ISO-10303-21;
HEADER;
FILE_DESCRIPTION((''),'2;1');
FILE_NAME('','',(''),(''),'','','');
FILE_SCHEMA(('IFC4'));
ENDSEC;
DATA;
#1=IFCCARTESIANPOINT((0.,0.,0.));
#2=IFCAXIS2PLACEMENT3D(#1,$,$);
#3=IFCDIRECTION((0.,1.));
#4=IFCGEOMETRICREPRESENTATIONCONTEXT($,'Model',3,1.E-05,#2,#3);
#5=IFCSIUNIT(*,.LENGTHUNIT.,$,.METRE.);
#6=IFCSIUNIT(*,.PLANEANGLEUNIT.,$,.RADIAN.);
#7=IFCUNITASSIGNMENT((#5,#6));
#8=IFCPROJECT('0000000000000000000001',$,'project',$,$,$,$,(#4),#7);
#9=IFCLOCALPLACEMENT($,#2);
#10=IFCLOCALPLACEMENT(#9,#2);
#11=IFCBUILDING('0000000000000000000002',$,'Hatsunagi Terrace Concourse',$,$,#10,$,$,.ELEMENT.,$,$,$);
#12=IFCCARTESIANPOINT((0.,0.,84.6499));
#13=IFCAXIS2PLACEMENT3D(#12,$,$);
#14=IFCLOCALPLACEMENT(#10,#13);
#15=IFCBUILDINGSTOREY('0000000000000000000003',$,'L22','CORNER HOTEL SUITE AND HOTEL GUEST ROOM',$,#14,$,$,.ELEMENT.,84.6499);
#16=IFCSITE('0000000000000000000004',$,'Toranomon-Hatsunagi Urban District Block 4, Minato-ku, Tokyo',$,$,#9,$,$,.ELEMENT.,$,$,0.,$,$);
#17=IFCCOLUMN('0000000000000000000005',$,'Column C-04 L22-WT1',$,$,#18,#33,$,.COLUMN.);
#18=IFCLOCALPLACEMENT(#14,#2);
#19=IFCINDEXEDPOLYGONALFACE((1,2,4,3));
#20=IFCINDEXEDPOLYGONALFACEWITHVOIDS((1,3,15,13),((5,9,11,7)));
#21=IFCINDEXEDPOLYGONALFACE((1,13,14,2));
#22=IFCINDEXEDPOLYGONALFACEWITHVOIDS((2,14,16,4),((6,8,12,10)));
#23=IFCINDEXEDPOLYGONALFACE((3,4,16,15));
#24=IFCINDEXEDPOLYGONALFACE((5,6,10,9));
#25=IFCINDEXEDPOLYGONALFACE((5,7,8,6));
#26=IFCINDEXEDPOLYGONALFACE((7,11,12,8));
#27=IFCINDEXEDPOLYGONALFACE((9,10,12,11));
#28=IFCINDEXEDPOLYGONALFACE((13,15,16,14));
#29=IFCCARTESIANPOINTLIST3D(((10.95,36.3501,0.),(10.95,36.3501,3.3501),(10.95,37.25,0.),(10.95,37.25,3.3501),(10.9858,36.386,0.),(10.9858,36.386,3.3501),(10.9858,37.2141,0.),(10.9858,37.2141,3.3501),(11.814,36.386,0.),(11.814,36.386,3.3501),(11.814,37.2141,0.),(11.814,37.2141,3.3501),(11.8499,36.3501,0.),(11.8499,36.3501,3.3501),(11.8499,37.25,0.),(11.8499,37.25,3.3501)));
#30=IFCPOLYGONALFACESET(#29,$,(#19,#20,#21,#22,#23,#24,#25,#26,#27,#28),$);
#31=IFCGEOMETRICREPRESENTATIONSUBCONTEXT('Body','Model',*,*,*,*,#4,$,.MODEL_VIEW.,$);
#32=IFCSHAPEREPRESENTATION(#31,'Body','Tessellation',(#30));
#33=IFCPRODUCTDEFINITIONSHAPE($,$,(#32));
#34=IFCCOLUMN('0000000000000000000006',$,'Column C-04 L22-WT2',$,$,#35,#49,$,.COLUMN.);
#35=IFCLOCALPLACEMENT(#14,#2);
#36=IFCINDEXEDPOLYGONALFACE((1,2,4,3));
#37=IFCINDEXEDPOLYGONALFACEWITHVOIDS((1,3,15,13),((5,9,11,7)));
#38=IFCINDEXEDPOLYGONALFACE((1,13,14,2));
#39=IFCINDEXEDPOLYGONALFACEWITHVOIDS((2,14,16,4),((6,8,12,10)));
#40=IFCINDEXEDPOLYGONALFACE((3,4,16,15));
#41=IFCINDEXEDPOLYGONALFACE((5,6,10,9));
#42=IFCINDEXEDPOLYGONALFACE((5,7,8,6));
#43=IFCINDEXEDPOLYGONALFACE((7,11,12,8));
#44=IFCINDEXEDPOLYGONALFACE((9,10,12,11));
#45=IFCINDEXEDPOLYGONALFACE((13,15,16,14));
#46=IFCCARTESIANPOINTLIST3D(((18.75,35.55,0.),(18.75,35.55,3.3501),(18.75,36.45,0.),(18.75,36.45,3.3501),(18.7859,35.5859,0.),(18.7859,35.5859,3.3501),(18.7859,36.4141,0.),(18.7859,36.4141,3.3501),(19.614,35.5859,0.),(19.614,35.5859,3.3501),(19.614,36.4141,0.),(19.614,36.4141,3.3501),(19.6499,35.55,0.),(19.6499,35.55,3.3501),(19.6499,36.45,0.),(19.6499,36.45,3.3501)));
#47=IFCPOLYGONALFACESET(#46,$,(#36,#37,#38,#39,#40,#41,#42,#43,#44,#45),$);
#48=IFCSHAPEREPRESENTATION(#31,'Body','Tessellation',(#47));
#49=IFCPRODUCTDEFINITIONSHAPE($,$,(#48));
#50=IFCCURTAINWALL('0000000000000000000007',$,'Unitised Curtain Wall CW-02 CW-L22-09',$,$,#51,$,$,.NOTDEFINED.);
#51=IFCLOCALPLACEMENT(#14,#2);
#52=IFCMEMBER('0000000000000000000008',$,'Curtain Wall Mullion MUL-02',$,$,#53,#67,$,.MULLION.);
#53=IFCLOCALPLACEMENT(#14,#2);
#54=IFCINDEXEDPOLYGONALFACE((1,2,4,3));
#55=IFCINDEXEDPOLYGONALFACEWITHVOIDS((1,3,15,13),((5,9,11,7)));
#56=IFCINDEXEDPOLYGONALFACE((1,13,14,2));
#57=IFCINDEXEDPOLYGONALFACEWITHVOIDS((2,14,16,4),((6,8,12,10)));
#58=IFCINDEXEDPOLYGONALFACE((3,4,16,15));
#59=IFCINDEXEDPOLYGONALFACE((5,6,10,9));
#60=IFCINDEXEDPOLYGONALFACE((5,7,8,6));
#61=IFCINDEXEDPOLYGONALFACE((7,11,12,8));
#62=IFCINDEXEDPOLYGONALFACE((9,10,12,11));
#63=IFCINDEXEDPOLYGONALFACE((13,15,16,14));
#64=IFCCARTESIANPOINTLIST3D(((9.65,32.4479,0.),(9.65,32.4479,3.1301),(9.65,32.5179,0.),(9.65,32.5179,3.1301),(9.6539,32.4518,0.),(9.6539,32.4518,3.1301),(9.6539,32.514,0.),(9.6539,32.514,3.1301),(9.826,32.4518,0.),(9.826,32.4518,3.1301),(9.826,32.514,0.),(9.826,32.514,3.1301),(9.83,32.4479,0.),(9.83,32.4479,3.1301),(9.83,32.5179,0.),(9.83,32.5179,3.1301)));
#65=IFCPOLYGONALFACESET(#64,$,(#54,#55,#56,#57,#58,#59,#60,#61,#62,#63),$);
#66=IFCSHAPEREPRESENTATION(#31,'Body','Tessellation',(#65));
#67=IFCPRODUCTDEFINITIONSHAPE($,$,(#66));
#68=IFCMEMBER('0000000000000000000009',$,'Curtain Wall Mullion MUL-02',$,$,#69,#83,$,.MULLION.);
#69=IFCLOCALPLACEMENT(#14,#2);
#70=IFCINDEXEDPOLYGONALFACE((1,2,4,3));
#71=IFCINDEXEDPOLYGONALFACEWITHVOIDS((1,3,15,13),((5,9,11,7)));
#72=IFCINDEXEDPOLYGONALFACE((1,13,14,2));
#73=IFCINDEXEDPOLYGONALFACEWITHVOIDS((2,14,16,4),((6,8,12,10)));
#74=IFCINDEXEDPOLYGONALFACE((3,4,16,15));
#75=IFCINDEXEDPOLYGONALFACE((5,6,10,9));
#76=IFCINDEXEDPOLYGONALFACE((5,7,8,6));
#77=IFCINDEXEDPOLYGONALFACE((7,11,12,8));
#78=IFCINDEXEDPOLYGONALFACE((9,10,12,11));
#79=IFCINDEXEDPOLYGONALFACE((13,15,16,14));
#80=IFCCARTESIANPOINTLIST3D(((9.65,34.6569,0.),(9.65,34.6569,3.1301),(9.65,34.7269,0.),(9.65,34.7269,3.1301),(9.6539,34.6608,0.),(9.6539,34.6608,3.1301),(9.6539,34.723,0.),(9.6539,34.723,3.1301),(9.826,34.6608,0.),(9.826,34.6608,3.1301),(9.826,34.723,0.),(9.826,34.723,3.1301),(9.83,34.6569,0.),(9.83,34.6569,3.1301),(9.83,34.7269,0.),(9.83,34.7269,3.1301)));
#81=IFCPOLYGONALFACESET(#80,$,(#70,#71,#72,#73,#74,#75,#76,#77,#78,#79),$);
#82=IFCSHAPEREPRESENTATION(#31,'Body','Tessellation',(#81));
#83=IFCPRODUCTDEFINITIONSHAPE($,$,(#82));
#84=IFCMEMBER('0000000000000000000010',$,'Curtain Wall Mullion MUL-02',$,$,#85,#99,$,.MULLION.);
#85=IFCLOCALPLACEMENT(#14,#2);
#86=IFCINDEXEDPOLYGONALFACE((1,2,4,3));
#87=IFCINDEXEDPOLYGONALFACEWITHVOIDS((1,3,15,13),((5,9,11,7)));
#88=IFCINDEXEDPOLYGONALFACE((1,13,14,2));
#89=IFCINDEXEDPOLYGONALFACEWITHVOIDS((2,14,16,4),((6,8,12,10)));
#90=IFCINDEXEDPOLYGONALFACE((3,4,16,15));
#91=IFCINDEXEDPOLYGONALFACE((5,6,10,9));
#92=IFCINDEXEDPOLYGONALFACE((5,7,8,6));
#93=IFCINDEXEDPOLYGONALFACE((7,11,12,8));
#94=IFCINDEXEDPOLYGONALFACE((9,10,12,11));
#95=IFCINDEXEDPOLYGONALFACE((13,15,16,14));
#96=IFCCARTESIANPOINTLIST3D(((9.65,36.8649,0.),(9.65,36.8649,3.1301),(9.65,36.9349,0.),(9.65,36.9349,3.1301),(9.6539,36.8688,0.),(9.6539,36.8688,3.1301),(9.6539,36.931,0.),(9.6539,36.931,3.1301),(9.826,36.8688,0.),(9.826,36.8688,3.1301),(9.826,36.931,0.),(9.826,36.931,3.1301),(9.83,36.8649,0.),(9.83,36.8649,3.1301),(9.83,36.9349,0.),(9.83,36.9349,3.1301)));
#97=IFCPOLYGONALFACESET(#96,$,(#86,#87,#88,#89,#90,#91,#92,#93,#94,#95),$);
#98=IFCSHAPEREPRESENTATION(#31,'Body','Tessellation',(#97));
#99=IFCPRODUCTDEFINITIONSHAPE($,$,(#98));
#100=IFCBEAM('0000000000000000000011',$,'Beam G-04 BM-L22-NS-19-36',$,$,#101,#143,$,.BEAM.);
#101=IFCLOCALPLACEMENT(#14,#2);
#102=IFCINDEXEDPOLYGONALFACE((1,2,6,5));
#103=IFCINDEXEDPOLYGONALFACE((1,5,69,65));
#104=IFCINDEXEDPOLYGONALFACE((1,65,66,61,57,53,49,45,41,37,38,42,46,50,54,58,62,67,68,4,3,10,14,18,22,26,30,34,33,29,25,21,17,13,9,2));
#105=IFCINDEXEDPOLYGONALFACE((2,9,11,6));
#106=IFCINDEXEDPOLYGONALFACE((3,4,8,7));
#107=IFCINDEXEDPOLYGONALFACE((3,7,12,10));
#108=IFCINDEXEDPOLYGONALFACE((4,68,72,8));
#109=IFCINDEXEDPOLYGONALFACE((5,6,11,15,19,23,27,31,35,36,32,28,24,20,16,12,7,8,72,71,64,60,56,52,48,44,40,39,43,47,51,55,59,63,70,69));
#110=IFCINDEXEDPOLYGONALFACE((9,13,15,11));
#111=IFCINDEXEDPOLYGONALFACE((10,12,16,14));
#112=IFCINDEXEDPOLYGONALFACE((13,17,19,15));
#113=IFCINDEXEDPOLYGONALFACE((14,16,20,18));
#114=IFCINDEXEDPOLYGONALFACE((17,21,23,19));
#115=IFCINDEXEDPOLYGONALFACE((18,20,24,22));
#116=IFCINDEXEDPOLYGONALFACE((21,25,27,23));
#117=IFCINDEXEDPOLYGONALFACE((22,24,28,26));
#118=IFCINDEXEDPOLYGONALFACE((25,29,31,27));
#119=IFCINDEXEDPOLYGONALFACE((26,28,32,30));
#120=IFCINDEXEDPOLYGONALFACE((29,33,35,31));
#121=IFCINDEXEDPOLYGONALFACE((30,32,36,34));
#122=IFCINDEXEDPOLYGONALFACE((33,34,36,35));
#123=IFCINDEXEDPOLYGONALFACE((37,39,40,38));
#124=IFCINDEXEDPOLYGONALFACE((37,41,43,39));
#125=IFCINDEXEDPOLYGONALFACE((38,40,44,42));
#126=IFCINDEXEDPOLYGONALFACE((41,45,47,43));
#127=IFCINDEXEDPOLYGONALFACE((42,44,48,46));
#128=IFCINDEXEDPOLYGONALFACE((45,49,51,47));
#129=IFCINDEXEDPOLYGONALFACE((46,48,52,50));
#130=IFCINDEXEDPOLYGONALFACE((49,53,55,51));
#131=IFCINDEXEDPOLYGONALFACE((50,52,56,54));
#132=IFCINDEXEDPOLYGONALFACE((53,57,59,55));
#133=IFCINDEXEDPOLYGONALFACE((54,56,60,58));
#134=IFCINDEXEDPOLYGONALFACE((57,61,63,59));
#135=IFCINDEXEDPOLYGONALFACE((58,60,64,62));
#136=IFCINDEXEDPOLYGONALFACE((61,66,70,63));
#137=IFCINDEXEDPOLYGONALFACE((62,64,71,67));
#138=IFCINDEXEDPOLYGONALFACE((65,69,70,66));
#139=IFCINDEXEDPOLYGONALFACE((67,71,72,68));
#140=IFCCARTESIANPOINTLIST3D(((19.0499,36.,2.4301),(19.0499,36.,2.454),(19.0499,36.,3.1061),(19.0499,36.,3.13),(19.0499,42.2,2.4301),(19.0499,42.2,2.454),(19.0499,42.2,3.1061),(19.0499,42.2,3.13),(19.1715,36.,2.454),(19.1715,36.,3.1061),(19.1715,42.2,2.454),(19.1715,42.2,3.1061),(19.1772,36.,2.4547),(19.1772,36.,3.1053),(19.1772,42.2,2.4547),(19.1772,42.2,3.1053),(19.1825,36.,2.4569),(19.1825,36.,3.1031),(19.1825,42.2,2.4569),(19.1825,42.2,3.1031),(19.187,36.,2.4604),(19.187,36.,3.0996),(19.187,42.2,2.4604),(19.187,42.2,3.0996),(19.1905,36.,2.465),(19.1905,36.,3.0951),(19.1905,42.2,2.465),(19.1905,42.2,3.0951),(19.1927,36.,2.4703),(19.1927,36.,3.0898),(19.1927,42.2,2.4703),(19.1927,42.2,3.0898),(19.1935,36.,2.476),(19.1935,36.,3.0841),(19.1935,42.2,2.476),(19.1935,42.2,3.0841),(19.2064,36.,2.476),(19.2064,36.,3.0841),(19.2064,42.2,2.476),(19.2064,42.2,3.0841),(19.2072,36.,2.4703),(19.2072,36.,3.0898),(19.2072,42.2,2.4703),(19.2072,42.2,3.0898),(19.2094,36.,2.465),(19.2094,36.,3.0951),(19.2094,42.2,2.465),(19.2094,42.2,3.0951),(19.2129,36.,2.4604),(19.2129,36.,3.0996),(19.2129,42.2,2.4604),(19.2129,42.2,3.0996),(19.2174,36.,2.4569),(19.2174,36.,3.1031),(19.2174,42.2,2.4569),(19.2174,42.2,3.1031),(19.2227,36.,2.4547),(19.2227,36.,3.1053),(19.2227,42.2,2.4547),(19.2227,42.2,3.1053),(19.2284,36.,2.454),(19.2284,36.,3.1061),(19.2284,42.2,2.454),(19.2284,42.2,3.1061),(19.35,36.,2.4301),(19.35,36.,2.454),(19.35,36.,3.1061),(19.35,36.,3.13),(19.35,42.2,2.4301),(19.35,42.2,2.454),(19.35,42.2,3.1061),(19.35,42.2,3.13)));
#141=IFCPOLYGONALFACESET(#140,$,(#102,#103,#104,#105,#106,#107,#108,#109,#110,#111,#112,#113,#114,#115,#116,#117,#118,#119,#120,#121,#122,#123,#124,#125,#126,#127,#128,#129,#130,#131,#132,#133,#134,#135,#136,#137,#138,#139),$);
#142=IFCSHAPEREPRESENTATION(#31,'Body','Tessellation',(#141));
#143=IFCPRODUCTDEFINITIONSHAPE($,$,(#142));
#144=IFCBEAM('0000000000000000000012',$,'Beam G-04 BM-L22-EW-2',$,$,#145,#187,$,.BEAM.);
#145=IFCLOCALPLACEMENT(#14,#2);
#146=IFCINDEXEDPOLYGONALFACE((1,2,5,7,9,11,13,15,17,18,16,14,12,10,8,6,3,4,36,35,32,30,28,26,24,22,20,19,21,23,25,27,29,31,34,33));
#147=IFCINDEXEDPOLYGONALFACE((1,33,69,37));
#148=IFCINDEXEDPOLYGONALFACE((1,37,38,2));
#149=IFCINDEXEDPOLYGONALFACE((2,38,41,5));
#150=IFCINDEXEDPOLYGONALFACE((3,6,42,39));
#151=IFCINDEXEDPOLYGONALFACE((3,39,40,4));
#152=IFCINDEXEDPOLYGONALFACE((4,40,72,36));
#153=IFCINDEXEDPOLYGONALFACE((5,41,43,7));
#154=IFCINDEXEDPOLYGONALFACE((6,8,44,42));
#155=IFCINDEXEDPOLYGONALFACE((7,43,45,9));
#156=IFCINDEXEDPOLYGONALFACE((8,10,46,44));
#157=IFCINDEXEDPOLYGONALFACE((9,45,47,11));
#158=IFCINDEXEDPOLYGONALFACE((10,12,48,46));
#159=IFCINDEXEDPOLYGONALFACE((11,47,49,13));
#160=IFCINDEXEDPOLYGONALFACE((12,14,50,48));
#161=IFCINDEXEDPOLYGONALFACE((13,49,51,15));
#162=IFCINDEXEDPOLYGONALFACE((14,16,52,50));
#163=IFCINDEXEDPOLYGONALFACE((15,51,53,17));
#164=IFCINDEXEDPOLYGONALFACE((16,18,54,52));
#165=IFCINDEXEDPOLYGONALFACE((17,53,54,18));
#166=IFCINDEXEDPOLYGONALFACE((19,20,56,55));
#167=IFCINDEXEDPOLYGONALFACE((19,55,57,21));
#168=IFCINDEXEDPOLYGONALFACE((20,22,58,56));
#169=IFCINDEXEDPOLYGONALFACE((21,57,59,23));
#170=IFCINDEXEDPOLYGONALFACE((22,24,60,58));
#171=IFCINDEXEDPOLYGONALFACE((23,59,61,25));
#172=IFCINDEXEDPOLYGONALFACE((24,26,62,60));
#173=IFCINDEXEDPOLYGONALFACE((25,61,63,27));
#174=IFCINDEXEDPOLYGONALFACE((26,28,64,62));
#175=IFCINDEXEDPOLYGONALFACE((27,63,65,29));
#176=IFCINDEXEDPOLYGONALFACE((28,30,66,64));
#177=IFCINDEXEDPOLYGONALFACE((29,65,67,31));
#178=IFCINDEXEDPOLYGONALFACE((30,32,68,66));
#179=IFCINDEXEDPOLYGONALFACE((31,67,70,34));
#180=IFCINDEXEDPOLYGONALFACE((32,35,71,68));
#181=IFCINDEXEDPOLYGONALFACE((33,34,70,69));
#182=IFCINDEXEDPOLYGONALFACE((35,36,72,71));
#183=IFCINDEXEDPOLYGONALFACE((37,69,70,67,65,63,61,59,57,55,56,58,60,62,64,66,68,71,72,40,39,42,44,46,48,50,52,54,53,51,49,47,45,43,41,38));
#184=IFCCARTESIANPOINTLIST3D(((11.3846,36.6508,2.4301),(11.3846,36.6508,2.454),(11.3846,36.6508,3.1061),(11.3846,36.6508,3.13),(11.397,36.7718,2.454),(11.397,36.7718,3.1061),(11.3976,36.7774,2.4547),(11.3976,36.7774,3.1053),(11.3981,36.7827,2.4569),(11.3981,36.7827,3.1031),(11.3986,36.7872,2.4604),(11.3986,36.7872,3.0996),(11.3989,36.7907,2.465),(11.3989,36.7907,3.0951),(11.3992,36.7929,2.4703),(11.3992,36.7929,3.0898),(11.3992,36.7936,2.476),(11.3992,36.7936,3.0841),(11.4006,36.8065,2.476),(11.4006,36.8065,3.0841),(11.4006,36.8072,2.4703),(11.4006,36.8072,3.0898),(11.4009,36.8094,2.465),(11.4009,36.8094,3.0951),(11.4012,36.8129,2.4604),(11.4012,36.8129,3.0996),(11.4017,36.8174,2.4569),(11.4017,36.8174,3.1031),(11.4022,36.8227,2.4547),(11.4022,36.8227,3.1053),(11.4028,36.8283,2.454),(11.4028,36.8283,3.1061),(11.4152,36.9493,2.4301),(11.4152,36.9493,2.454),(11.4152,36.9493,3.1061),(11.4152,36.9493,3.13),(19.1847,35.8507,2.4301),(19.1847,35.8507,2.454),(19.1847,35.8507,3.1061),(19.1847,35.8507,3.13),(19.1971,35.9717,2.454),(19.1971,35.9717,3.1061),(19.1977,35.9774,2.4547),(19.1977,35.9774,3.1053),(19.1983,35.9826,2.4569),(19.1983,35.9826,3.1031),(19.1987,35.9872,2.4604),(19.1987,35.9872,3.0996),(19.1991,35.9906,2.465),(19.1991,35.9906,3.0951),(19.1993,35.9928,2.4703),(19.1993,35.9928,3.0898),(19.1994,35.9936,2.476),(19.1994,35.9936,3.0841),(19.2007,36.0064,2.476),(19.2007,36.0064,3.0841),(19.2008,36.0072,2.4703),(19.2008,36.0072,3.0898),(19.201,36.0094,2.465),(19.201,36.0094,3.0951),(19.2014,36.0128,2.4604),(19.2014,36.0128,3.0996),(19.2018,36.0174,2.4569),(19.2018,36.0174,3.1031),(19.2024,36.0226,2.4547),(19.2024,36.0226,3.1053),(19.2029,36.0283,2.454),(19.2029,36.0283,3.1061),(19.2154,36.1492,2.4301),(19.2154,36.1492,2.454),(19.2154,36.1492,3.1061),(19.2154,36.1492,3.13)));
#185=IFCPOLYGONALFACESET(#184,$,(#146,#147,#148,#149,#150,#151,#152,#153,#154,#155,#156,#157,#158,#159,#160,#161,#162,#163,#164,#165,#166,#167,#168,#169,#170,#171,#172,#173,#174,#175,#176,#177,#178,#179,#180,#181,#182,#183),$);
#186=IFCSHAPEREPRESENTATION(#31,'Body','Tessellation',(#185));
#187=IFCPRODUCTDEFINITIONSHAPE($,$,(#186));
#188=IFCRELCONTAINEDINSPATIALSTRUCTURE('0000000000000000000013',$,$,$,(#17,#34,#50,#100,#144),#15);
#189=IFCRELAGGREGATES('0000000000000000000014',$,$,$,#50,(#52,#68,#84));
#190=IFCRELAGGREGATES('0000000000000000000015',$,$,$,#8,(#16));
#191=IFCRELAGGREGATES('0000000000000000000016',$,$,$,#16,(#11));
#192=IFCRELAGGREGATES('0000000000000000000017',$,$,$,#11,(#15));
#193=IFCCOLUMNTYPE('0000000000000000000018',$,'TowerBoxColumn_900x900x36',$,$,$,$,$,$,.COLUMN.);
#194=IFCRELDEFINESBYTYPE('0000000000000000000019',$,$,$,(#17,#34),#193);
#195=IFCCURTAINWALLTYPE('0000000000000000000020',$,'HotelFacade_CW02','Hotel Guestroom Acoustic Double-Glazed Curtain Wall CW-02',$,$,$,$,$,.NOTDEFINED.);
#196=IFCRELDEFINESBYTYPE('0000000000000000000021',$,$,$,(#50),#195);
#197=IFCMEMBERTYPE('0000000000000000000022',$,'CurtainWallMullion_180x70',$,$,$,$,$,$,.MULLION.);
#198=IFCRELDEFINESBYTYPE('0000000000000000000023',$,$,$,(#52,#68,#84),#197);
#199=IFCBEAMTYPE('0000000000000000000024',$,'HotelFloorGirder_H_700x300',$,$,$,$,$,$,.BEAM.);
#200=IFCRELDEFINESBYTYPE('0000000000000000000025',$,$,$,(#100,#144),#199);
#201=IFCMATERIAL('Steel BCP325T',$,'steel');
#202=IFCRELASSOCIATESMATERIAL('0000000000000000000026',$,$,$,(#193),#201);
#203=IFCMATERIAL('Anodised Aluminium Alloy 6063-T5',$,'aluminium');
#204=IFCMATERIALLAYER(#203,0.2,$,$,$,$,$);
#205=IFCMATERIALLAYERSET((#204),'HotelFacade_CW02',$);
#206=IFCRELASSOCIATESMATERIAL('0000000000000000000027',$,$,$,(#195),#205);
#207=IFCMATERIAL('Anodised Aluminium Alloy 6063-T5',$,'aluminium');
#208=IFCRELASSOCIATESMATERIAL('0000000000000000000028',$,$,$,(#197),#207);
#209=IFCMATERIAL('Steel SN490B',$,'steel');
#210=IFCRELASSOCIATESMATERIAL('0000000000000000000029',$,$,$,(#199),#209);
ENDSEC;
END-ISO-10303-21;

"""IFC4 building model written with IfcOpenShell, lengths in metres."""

from ifc_helpers import new_model, si_unit, direction, frame, origin, origin_2d, place, context, subcontext, project, spatial, hollow_rectangle, i_section, extrude, material, layer, layer_set, material_profile, profile_set, type_object, element, aggregate, save


model = new_model("IFC4")

# Units and contexts
model_context = context("Model", 3, precision=1e-05, world=origin(), true_north=direction((0.0, 1.0)))
body_context = subcontext(model_context, "Body", "Model", "MODEL_VIEW")
ifc_project = project(units=[si_unit("LENGTHUNIT", "METRE"), si_unit("PLANEANGLEUNIT", "RADIAN")], contexts=[model_context])

# Site, building, storey
site_placement = place(None, origin())
site = spatial("IfcSite", under=ifc_project, at=site_placement, Name="Toranomon-Hatsunagi Urban District Block 4, Minato-ku, Tokyo", CompositionType="ELEMENT", RefElevation=0.0)
building_placement = place(site_placement, origin())
building = spatial("IfcBuilding", under=site, at=building_placement, Name="Hatsunagi Terrace Concourse", CompositionType="ELEMENT")
storey_placement = place(building_placement, frame((0.0, 0.0, 84.6499)))
storey = spatial("IfcBuildingStorey", under=building, at=storey_placement, Name="L22", Description="CORNER HOTEL SUITE AND HOTEL GUEST ROOM", CompositionType="ELEMENT", Elevation=84.6499)

# Columns
ifc_material_1 = material(Name="Steel BCP325T", Category="steel")
ifc_material_profile_1 = material_profile(ifc_material_1, hollow_rectangle(XDim=0.8999, YDim=0.8999, WallThickness=0.0359, at=origin_2d()), Name="BCP-900x900x36")
ifc_profile_set_1 = profile_set([ifc_material_profile_1], Name="Steel BCP325T")
column_type = type_object("IfcColumnType", Name="TowerBoxColumn_900x900x36", PredefinedType="COLUMN", material=ifc_profile_set_1)
for number, where, z_axis, x_axis, name in (
    (1, (11.3999, 36.8, 0.0), (0.0, 0.0, 1.0), (1.0, 0.0, 0.0), "Column C-04 L22-WT1"),
    (2, (19.2, 36.0, 0.0), (0.0, 0.0, 1.0), (1.0, 0.0, 0.0), "Column C-04 L22-WT2"),
):
    element("IfcColumn", number, at=place(storey_placement, frame(where, z_axis=z_axis, x_axis=x_axis)), inside=storey, type_object=column_type, Name=name, PredefinedType="COLUMN", context=body_context, shape_type="SweptSolid", body=[
        extrude(hollow_rectangle(XDim=0.8999, YDim=0.8999, WallThickness=0.0359, at=origin_2d()), origin(), (0.0, 0.0, 1.0), 3.3501),
    ])

# Curtain wall, members
ifc_material_2 = material(Name="Anodised Aluminium Alloy 6063-T5", Category="aluminium")
ifc_layer_1 = layer(ifc_material_2, 0.2)
ifc_layer_set_1 = layer_set([ifc_layer_1], Name="HotelFacade_CW02")
curtain_wall_type = type_object("IfcCurtainWallType", Name="HotelFacade_CW02", Description="Hotel Guestroom Acoustic Double-Glazed Curtain Wall CW-02", PredefinedType="NOTDEFINED", material=ifc_layer_set_1)
curtain_wall_placement = place(storey_placement, origin())
curtain_wall = element("IfcCurtainWall", 3, at=curtain_wall_placement, inside=storey, type_object=curtain_wall_type, Name="Unitised Curtain Wall CW-02 CW-L22-09", PredefinedType="NOTDEFINED")
ifc_material_3 = material(Name="Anodised Aluminium Alloy 6063-T5", Category="aluminium")
ifc_material_profile_2 = material_profile(ifc_material_3, hollow_rectangle(XDim=0.0701, YDim=0.1799, WallThickness=0.0039, at=origin_2d()), Name="ALU-MUL-180x70x4")
ifc_profile_set_2 = profile_set([ifc_material_profile_2], Name="Anodised Aluminium Alloy 6063-T5")
member_type = type_object("IfcMemberType", Name="CurtainWallMullion_180x70", PredefinedType="MULLION", material=ifc_profile_set_2)
member_1_placement = place(storey_placement, frame((9.74, 32.4829, 0.0), z_axis=(0.0, 0.0, 1.0), x_axis=(0.0, 1.0, 0.0)))
member_1 = element("IfcMember", 4, at=member_1_placement, type_object=member_type, Name="Curtain Wall Mullion MUL-02", PredefinedType="MULLION", context=body_context, shape_type="SweptSolid", body=[
    extrude(hollow_rectangle(XDim=0.0701, YDim=0.1799, WallThickness=0.0039, at=origin_2d()), origin(), (0.0, 0.0, 1.0), 3.1301),
])
member_2_placement = place(storey_placement, frame((9.74, 34.6919, 0.0), z_axis=(0.0, 0.0, 1.0), x_axis=(0.0, 1.0, 0.0)))
member_2 = element("IfcMember", 5, at=member_2_placement, type_object=member_type, Name="Curtain Wall Mullion MUL-02", PredefinedType="MULLION", context=body_context, shape_type="SweptSolid", body=[
    extrude(hollow_rectangle(XDim=0.0701, YDim=0.1799, WallThickness=0.0039, at=origin_2d()), origin(), (0.0, 0.0, 1.0), 3.1301),
])
member_3_placement = place(storey_placement, frame((9.74, 36.8999, 0.0), z_axis=(0.0, 0.0, 1.0), x_axis=(0.0, 1.0, 0.0)))
member_3 = element("IfcMember", 6, at=member_3_placement, type_object=member_type, Name="Curtain Wall Mullion MUL-02", PredefinedType="MULLION", context=body_context, shape_type="SweptSolid", body=[
    extrude(hollow_rectangle(XDim=0.0701, YDim=0.1799, WallThickness=0.0039, at=origin_2d()), origin(), (0.0, 0.0, 1.0), 3.1301),
])

# Beams
ifc_material_4 = material(Name="Steel SN490B", Category="steel")
ifc_material_profile_3 = material_profile(ifc_material_4, i_section(OverallWidth=0.3, OverallDepth=0.7, WebThickness=0.0129, FlangeThickness=0.0239, FilletRadius=0.022, at=origin_2d()), Name="H-700x300x13x24")
ifc_profile_set_3 = profile_set([ifc_material_profile_3], Name="Steel SN490B")
beam_type_1 = type_object("IfcBeamType", Name="HotelFloorGirder_H_700x300", PredefinedType="BEAM", material=ifc_profile_set_3)
beam_1_placement = place(storey_placement, frame((19.2, 36.0, 2.78), z_axis=(0.0, 1.0, 0.0), x_axis=(-1.0, 0.0, 0.0)))
element("IfcBeam", 7, at=beam_1_placement, inside=storey, type_object=beam_type_1, Name="Beam G-04 BM-L22-NS-19-36", PredefinedType="BEAM", context=body_context, shape_type="SweptSolid", body=[
    extrude(i_section(OverallWidth=0.3, OverallDepth=0.7, WebThickness=0.0129, FlangeThickness=0.0239, FilletRadius=0.022, at=origin_2d()), origin(), (0.0, 0.0, 1.0), 6.2),
])
beam_2_placement = place(storey_placement, frame((11.3999, 36.8, 2.78), z_axis=(0.994781, -0.102034, 0.0), x_axis=(0.102034, 0.994781, 0.0)))
element("IfcBeam", 8, at=beam_2_placement, inside=storey, type_object=beam_type_1, Name="Beam G-04 BM-L22-EW-2", PredefinedType="BEAM", context=body_context, shape_type="SweptSolid", body=[
    extrude(i_section(OverallWidth=0.3, OverallDepth=0.7, WebThickness=0.0129, FlangeThickness=0.0239, FilletRadius=0.022, at=origin_2d()), origin(), (0.0, 0.0, 1.0), 7.8411),
])

aggregate(curtain_wall, [member_1, member_2, member_3])

save(model, "model.ifc")
